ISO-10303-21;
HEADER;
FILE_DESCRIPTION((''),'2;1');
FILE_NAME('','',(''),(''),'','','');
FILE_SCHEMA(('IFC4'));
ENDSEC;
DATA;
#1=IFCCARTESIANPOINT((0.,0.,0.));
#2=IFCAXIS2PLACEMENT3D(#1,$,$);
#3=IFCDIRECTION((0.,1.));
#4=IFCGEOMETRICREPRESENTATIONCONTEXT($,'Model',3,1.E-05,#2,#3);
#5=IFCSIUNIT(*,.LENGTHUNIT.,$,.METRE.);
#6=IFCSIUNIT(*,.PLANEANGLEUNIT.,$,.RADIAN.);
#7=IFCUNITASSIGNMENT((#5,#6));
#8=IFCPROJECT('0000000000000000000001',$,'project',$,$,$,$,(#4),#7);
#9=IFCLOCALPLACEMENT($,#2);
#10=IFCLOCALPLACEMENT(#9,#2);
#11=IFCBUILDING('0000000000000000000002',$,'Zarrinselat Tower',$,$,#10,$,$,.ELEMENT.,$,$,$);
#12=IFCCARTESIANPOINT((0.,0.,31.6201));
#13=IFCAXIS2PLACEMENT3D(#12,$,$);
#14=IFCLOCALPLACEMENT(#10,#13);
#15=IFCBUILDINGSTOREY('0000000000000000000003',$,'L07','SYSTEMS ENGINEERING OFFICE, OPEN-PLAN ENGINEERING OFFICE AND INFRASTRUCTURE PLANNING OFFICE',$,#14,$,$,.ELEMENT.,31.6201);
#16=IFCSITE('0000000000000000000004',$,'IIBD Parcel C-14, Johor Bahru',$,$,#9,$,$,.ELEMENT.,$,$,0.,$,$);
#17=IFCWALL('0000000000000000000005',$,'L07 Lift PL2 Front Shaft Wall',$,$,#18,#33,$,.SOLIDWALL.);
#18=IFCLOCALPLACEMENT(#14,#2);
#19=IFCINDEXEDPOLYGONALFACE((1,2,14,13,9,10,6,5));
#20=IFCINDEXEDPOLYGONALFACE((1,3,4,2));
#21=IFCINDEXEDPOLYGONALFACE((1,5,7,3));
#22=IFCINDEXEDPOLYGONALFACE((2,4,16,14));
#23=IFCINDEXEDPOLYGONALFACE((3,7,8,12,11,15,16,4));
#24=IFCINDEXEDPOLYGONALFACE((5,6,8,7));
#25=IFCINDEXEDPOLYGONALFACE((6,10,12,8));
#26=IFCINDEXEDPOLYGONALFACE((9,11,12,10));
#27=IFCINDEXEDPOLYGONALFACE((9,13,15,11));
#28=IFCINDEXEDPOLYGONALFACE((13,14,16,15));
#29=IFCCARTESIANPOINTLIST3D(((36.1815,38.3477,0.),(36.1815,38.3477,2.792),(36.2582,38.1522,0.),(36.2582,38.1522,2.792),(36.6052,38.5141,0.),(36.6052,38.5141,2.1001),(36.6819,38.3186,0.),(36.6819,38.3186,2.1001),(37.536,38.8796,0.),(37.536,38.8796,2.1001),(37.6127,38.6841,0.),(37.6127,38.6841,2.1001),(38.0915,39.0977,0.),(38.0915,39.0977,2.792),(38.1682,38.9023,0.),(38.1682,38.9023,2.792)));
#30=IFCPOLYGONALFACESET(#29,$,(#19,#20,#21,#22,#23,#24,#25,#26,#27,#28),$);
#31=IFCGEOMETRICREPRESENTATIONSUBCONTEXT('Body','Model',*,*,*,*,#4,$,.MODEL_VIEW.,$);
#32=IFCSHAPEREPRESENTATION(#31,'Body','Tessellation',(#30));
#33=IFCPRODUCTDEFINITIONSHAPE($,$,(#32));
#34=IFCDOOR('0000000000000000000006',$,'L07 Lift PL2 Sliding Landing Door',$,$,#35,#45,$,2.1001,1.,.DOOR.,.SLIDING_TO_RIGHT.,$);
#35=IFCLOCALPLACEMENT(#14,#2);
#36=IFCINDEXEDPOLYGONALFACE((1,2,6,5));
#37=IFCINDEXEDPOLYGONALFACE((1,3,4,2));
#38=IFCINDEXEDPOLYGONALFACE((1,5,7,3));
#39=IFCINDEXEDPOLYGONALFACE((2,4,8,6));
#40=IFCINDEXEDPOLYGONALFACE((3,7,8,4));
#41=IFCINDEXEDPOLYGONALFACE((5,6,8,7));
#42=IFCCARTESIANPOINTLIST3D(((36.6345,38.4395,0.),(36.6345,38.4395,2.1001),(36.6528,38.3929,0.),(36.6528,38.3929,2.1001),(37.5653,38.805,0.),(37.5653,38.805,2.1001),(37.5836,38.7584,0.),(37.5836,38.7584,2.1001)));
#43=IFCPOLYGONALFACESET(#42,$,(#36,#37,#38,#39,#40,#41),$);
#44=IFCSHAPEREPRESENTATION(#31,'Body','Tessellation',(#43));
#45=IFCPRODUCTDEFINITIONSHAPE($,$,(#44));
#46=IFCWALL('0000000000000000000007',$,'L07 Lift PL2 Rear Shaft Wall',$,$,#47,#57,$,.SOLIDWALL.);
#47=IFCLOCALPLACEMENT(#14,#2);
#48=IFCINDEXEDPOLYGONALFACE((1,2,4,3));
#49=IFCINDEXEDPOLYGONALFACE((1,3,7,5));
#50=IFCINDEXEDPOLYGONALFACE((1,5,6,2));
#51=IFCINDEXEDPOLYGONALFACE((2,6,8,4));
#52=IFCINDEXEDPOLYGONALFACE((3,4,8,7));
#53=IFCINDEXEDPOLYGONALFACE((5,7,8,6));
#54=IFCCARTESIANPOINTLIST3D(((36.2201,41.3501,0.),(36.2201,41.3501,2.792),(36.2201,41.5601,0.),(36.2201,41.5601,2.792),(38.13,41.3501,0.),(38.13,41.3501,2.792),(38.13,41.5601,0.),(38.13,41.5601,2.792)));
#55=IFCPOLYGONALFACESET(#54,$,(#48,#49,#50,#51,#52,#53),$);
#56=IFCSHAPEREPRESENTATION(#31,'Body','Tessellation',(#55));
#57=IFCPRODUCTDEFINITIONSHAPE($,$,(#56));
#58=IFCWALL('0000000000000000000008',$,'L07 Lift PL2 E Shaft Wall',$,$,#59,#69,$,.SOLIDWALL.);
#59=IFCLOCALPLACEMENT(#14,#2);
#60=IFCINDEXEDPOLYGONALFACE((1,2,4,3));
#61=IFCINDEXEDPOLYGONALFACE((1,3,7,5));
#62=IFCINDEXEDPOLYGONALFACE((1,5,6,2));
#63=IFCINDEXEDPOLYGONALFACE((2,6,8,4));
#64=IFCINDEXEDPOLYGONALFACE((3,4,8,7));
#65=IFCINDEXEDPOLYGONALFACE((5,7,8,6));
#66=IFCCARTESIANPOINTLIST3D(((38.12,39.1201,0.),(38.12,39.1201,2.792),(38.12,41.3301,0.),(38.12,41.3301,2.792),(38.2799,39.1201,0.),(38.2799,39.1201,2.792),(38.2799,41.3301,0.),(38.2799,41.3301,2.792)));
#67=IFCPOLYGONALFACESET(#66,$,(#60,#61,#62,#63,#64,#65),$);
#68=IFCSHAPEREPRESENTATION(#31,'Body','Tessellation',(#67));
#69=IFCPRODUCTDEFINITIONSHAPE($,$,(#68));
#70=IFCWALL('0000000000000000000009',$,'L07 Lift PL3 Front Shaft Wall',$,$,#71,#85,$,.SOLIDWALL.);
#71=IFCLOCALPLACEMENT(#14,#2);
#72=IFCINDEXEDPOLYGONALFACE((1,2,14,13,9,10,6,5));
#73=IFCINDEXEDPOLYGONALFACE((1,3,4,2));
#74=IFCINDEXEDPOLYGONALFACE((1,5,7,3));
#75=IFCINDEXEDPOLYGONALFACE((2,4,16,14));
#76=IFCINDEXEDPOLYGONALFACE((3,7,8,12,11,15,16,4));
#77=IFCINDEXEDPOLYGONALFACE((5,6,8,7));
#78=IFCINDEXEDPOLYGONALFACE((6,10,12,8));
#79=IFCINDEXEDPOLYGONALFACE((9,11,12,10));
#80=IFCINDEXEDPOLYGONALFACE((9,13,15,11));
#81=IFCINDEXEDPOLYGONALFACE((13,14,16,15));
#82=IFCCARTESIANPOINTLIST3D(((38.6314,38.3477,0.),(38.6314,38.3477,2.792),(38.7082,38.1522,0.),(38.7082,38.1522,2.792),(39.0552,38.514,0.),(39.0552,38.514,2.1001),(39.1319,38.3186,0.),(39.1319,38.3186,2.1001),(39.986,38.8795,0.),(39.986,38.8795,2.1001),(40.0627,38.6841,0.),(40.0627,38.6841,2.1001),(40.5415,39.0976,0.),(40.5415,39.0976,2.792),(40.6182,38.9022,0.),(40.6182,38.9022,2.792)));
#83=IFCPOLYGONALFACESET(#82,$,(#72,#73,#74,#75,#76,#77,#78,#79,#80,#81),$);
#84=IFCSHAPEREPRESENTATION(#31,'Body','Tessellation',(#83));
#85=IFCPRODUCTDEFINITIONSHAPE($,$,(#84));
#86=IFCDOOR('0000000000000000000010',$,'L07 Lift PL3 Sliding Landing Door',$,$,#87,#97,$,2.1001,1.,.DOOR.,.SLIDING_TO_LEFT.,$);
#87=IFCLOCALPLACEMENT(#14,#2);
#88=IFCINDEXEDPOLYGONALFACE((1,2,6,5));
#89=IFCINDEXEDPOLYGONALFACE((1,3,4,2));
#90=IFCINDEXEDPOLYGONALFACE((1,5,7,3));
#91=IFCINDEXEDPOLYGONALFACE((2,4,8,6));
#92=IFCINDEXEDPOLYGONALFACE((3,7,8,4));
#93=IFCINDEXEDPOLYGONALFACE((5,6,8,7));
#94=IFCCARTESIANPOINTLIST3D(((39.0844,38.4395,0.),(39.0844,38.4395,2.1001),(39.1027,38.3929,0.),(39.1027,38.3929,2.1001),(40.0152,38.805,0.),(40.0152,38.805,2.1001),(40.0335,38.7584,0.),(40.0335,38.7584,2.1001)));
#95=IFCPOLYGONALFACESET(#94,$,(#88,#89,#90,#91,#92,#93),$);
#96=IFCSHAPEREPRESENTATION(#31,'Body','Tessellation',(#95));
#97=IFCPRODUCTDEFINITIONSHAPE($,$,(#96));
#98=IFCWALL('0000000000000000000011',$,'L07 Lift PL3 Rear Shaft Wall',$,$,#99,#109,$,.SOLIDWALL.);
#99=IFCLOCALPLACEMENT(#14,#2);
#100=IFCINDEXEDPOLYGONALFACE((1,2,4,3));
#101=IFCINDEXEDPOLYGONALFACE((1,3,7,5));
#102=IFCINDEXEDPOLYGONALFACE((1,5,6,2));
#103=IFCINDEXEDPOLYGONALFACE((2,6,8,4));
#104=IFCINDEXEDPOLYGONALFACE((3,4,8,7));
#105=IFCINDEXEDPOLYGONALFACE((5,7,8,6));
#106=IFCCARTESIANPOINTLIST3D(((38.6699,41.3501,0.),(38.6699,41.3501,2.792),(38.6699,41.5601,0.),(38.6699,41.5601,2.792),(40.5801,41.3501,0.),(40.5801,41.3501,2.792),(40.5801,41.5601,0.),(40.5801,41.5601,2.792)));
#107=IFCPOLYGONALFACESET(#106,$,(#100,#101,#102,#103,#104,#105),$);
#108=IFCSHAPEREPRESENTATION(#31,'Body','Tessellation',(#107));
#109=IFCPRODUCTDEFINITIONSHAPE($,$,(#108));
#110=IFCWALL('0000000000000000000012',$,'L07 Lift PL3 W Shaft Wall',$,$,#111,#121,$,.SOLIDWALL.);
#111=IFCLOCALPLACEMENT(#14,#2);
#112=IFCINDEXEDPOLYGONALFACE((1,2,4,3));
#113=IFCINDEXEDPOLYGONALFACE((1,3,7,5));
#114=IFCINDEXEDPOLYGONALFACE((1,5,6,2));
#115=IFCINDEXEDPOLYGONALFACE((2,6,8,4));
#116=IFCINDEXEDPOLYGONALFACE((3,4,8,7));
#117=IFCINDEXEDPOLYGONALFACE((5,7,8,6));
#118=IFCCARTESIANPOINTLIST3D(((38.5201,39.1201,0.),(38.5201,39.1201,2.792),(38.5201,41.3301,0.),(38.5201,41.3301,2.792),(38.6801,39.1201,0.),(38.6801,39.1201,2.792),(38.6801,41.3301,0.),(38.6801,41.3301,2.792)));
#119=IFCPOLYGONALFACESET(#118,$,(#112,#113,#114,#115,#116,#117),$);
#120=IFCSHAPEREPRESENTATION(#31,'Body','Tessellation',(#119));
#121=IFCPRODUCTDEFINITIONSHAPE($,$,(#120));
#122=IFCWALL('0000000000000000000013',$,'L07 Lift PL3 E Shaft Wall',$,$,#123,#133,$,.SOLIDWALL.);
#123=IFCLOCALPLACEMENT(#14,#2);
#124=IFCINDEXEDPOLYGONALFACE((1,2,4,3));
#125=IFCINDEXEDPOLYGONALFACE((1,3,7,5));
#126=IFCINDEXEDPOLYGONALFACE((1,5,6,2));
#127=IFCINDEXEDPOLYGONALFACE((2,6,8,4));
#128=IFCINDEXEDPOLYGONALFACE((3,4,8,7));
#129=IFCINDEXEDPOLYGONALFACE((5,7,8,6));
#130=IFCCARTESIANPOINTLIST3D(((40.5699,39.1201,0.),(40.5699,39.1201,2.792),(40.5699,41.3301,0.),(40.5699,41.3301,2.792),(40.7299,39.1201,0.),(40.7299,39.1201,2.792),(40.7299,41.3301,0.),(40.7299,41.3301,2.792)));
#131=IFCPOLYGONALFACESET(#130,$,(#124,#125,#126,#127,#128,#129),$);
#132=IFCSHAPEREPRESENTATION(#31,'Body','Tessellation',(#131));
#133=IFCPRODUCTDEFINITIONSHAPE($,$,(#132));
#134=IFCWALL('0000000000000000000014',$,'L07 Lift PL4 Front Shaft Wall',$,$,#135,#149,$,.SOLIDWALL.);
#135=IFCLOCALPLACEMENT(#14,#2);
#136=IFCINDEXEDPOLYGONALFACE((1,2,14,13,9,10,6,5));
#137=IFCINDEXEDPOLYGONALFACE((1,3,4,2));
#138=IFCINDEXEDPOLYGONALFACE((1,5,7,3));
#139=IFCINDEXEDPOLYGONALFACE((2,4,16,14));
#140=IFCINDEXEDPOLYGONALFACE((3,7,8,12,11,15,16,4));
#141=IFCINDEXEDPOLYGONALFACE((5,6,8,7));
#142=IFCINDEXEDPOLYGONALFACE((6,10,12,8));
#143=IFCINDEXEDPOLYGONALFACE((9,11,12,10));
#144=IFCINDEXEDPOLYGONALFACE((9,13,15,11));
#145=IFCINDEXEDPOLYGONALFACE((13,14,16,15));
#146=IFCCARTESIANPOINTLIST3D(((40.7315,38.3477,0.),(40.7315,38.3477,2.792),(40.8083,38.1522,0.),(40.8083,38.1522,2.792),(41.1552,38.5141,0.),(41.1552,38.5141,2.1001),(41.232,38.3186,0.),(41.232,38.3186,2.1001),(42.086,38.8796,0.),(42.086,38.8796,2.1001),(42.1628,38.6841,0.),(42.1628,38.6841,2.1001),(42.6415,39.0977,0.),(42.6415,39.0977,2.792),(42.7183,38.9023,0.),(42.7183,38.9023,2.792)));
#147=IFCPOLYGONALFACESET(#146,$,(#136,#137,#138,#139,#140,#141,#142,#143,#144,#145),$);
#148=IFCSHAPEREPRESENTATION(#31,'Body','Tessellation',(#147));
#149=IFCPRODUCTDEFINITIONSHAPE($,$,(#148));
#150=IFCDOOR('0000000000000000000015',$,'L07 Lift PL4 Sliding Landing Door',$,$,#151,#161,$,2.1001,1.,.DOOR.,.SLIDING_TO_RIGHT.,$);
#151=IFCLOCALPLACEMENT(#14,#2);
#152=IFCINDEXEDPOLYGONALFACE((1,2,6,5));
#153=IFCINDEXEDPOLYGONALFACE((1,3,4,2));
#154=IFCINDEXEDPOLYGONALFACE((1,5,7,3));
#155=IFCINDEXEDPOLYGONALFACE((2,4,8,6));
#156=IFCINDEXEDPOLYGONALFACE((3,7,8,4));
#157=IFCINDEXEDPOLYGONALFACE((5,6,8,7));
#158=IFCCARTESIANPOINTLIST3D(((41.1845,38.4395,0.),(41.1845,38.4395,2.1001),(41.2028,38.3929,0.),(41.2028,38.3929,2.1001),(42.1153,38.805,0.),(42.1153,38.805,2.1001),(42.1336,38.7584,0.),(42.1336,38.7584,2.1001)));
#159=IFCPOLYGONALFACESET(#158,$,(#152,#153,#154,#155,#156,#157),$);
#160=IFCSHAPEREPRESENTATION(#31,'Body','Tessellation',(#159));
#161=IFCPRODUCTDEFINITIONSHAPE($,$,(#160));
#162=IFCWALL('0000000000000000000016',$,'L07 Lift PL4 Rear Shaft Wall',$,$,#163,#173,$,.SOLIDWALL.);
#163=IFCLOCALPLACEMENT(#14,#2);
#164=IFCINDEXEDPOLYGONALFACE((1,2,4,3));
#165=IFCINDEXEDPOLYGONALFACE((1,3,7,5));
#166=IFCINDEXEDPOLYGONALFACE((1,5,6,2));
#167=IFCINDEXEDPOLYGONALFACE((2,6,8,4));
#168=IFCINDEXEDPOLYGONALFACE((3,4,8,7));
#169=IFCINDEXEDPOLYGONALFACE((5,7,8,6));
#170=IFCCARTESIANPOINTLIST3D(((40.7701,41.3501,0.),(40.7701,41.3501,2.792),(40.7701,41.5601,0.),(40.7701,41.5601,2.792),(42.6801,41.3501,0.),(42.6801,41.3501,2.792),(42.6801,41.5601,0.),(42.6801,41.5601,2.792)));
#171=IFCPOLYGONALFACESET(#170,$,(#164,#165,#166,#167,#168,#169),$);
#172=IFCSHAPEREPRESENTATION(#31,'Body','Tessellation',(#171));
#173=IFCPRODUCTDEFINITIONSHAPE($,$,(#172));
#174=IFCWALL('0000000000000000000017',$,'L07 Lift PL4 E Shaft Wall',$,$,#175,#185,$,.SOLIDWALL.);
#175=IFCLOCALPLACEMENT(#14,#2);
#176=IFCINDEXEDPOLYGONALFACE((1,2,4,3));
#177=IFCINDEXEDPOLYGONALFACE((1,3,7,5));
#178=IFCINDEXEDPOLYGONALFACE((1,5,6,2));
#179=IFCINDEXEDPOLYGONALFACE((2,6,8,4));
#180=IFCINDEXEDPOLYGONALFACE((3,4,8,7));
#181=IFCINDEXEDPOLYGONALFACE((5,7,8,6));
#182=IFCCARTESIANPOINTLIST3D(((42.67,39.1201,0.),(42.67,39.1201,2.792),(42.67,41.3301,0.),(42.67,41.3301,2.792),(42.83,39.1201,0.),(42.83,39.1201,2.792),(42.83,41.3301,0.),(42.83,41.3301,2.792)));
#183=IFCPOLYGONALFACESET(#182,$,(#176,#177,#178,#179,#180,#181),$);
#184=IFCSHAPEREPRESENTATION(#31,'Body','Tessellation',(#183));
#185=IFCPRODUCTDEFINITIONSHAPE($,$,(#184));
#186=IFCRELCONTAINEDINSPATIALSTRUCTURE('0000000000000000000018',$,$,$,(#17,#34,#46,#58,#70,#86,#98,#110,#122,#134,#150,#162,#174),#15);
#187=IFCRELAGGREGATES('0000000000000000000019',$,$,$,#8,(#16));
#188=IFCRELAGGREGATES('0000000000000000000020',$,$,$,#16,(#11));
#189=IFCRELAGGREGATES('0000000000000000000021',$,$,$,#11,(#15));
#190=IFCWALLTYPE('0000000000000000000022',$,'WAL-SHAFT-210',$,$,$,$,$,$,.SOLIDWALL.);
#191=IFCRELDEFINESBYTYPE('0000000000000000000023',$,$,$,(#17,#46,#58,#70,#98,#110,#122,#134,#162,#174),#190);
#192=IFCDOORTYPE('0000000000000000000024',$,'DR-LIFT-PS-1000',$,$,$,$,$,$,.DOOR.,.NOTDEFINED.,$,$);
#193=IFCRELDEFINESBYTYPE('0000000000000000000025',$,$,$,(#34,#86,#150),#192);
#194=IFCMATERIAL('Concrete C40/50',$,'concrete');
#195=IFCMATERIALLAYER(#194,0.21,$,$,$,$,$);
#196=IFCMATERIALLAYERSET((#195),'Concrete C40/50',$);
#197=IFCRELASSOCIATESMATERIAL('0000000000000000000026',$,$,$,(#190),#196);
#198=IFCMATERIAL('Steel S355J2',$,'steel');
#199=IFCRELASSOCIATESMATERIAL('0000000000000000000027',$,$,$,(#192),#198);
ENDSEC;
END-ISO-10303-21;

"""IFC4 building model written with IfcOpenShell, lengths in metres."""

from ifc_helpers import new_model, si_unit, direction, frame, frame_2d, origin, place, context, subcontext, project, spatial, rectangle, extrude, material, layer, layer_set, type_object, element, fill, save


model = new_model("IFC4")

# Units and contexts
model_context = context("Model", 3, precision=1e-05, world=origin(), true_north=direction((0.0, 1.0)))
body_context = subcontext(model_context, "Body", "Model", "MODEL_VIEW")
ifc_project = project(units=[si_unit("LENGTHUNIT", "METRE"), si_unit("PLANEANGLEUNIT", "RADIAN")], contexts=[model_context])

# Site, building, storey
site_placement = place(None, origin())
site = spatial("IfcSite", under=ifc_project, at=site_placement, Name="IIBD Parcel C-14, Johor Bahru", CompositionType="ELEMENT", RefElevation=0.0)
building_placement = place(site_placement, origin())
building = spatial("IfcBuilding", under=site, at=building_placement, Name="Zarrinselat Tower", CompositionType="ELEMENT")
storey_placement = place(building_placement, frame((0.0, 0.0, 31.6201)))
storey = spatial("IfcBuildingStorey", under=building, at=storey_placement, Name="L07", Description="SYSTEMS ENGINEERING OFFICE, OPEN-PLAN ENGINEERING OFFICE AND INFRASTRUCTURE PLANNING OFFICE", CompositionType="ELEMENT", Elevation=31.6201)

# Shared definitions
ifc_material_1 = material(Name="Concrete C40/50", Category="concrete")
ifc_layer_1 = layer(ifc_material_1, 0.21)
ifc_layer_set_1 = layer_set([ifc_layer_1], Name="Concrete C40/50")
wall_type_1 = type_object("IfcWallType", Name="WAL-SHAFT-210", PredefinedType="SOLIDWALL", material=ifc_layer_set_1)

# Wall, opening, door
wall_1_placement = place(storey_placement, frame((36.22, 38.25, 0.0), z_axis=(0.0, 0.0, 1.0), x_axis=(0.930805, 0.365516, 0.0)))
wall_1 = element("IfcWall", 1, at=wall_1_placement, inside=storey, type_object=wall_type_1, Name="L07 Lift PL2 Front Shaft Wall", PredefinedType="SOLIDWALL", context=body_context, shape_type="SweptSolid", body=[
    extrude(rectangle(XDim=2.052, YDim=0.21, at=frame_2d((1.0259, 0.0))), origin(), (0.0, 0.0, 1.0), 2.792),
])
opening_1_placement = place(wall_1_placement, frame((0.4551, 0.0, 0.0)))
opening_1 = element("IfcOpeningElement", 2, at=opening_1_placement, cuts=wall_1, PredefinedType="OPENING", context=body_context, shape_type="SweptSolid", body=[
    extrude(rectangle(XDim=1.0, YDim=2.1001, at=frame_2d((0.5, 1.05))), frame((0.0, 0.115, 0.0), z_axis=(0.0, -1.0, 0.0), x_axis=(1.0, 0.0, 0.0)), (0.0, 0.0, 1.0), 0.23),
])
ifc_material_2 = material(Name="Steel S355J2", Category="steel")
door_type_1 = type_object("IfcDoorType", Name="DR-LIFT-PS-1000", OperationType="NOTDEFINED", PredefinedType="DOOR", material=ifc_material_2)
door_1_placement = place(opening_1_placement, origin())
door_1 = element("IfcDoor", 3, at=door_1_placement, inside=storey, type_object=door_type_1, Name="L07 Lift PL2 Sliding Landing Door", OperationType="SLIDING_TO_RIGHT", OverallHeight=2.1001, OverallWidth=1.0, PredefinedType="DOOR", context=body_context, shape_type="SweptSolid", body=[
    extrude(rectangle(XDim=1.0, YDim=2.1001, at=frame_2d((0.5, 1.05))), frame((0.0, 0.0249, 0.0), z_axis=(0.0, -1.0, 0.0), x_axis=(1.0, 0.0, 0.0)), (0.0, 0.0, 1.0), 0.05),
])
fill(opening_1, door_1)

# Walls
wall_2_placement = place(storey_placement, frame((36.22, 41.4551, 0.0), z_axis=(0.0, 0.0, 1.0), x_axis=(1.0, 0.0, 0.0)))
element("IfcWall", 4, at=wall_2_placement, inside=storey, type_object=wall_type_1, Name="L07 Lift PL2 Rear Shaft Wall", PredefinedType="SOLIDWALL", context=body_context, shape_type="SweptSolid", body=[
    extrude(rectangle(XDim=1.9099, YDim=0.21, at=frame_2d((0.9551, 0.0))), origin(), (0.0, 0.0, 1.0), 2.792),
])
wall_3_placement = place(storey_placement, frame((38.2, 39.1201, 0.0), z_axis=(0.0, 0.0, 1.0), x_axis=(0.0, 1.0, 0.0)))
element("IfcWall", 5, at=wall_3_placement, inside=storey, type_object=wall_type_1, Name="L07 Lift PL2 E Shaft Wall", PredefinedType="SOLIDWALL", context=body_context, shape_type="SweptSolid", body=[
    extrude(rectangle(XDim=2.21, YDim=0.1599, at=frame_2d((1.105, 0.0))), origin(), (0.0, 0.0, 1.0), 2.792),
])

# Wall, opening, door
wall_4_placement = place(storey_placement, frame((38.6699, 38.25, 0.0), z_axis=(0.0, 0.0, 1.0), x_axis=(0.930821, 0.365476, 0.0)))
wall_4 = element("IfcWall", 6, at=wall_4_placement, inside=storey, type_object=wall_type_1, Name="L07 Lift PL3 Front Shaft Wall", PredefinedType="SOLIDWALL", context=body_context, shape_type="SweptSolid", body=[
    extrude(rectangle(XDim=2.052, YDim=0.21, at=frame_2d((1.0259, 0.0))), origin(), (0.0, 0.0, 1.0), 2.792),
])
opening_2_placement = place(wall_4_placement, frame((0.4551, 0.0, 0.0)))
opening_2 = element("IfcOpeningElement", 7, at=opening_2_placement, cuts=wall_4, PredefinedType="OPENING", context=body_context, shape_type="SweptSolid", body=[
    extrude(rectangle(XDim=1.0, YDim=2.1001, at=frame_2d((0.5, 1.05))), frame((0.0, 0.115, 0.0), z_axis=(0.0, -1.0, 0.0), x_axis=(1.0, 0.0, 0.0)), (0.0, 0.0, 1.0), 0.23),
])
door_2_placement = place(opening_2_placement, origin())
door_2 = element("IfcDoor", 8, at=door_2_placement, inside=storey, type_object=door_type_1, Name="L07 Lift PL3 Sliding Landing Door", OperationType="SLIDING_TO_LEFT", OverallHeight=2.1001, OverallWidth=1.0, PredefinedType="DOOR", context=body_context, shape_type="SweptSolid", body=[
    extrude(rectangle(XDim=1.0, YDim=2.1001, at=frame_2d((0.5, 1.05))), frame((0.0, 0.0249, 0.0), z_axis=(0.0, -1.0, 0.0), x_axis=(1.0, 0.0, 0.0)), (0.0, 0.0, 1.0), 0.05),
])
fill(opening_2, door_2)

# Walls
wall_5_placement = place(storey_placement, frame((38.6699, 41.4551, 0.0), z_axis=(0.0, 0.0, 1.0), x_axis=(1.0, 0.0, 0.0)))
element("IfcWall", 9, at=wall_5_placement, inside=storey, type_object=wall_type_1, Name="L07 Lift PL3 Rear Shaft Wall", PredefinedType="SOLIDWALL", context=body_context, shape_type="SweptSolid", body=[
    extrude(rectangle(XDim=1.9102, YDim=0.21, at=frame_2d((0.9551, 0.0))), origin(), (0.0, 0.0, 1.0), 2.792),
])
for number, where, z_axis, x_axis, name in (
    (10, (38.6001, 39.1201, 0.0), (0.0, 0.0, 1.0), (0.0, 1.0, 0.0), "L07 Lift PL3 W Shaft Wall"),
    (11, (40.6499, 39.1201, 0.0), (0.0, 0.0, 1.0), (0.0, 1.0, 0.0), "L07 Lift PL3 E Shaft Wall"),
):
    element("IfcWall", number, at=place(storey_placement, frame(where, z_axis=z_axis, x_axis=x_axis)), inside=storey, type_object=wall_type_1, Name=name, PredefinedType="SOLIDWALL", context=body_context, shape_type="SweptSolid", body=[
        extrude(rectangle(XDim=2.21, YDim=0.1599, at=frame_2d((1.105, 0.0))), origin(), (0.0, 0.0, 1.0), 2.792),
    ])

# Wall, opening, door
wall_6_placement = place(storey_placement, frame((40.77, 38.25, 0.0), z_axis=(0.0, 0.0, 1.0), x_axis=(0.930805, 0.365516, 0.0)))
wall_6 = element("IfcWall", 12, at=wall_6_placement, inside=storey, type_object=wall_type_1, Name="L07 Lift PL4 Front Shaft Wall", PredefinedType="SOLIDWALL", context=body_context, shape_type="SweptSolid", body=[
    extrude(rectangle(XDim=2.052, YDim=0.21, at=frame_2d((1.0259, 0.0))), origin(), (0.0, 0.0, 1.0), 2.792),
])
opening_3_placement = place(wall_6_placement, frame((0.4551, 0.0, 0.0)))
opening_3 = element("IfcOpeningElement", 13, at=opening_3_placement, cuts=wall_6, PredefinedType="OPENING", context=body_context, shape_type="SweptSolid", body=[
    extrude(rectangle(XDim=1.0, YDim=2.1001, at=frame_2d((0.5, 1.05))), frame((0.0, 0.115, 0.0), z_axis=(0.0, -1.0, 0.0), x_axis=(1.0, 0.0, 0.0)), (0.0, 0.0, 1.0), 0.23),
])
door_3_placement = place(opening_3_placement, origin())
door_3 = element("IfcDoor", 14, at=door_3_placement, inside=storey, type_object=door_type_1, Name="L07 Lift PL4 Sliding Landing Door", OperationType="SLIDING_TO_RIGHT", OverallHeight=2.1001, OverallWidth=1.0, PredefinedType="DOOR", context=body_context, shape_type="SweptSolid", body=[
    extrude(rectangle(XDim=1.0, YDim=2.1001, at=frame_2d((0.5, 1.05))), frame((0.0, 0.0249, 0.0), z_axis=(0.0, -1.0, 0.0), x_axis=(1.0, 0.0, 0.0)), (0.0, 0.0, 1.0), 0.05),
])
fill(opening_3, door_3)

# Walls
wall_7_placement = place(storey_placement, frame((40.77, 41.4551, 0.0), z_axis=(0.0, 0.0, 1.0), x_axis=(1.0, 0.0, 0.0)))
element("IfcWall", 15, at=wall_7_placement, inside=storey, type_object=wall_type_1, Name="L07 Lift PL4 Rear Shaft Wall", PredefinedType="SOLIDWALL", context=body_context, shape_type="SweptSolid", body=[
    extrude(rectangle(XDim=1.9099, YDim=0.21, at=frame_2d((0.9551, 0.0))), origin(), (0.0, 0.0, 1.0), 2.792),
])
wall_8_placement = place(storey_placement, frame((42.75, 39.1201, 0.0), z_axis=(0.0, 0.0, 1.0), x_axis=(0.0, 1.0, 0.0)))
element("IfcWall", 16, at=wall_8_placement, inside=storey, type_object=wall_type_1, Name="L07 Lift PL4 E Shaft Wall", PredefinedType="SOLIDWALL", context=body_context, shape_type="SweptSolid", body=[
    extrude(rectangle(XDim=2.21, YDim=0.1599, at=frame_2d((1.105, 0.0))), origin(), (0.0, 0.0, 1.0), 2.792),
])

save(model, "model.ifc")
